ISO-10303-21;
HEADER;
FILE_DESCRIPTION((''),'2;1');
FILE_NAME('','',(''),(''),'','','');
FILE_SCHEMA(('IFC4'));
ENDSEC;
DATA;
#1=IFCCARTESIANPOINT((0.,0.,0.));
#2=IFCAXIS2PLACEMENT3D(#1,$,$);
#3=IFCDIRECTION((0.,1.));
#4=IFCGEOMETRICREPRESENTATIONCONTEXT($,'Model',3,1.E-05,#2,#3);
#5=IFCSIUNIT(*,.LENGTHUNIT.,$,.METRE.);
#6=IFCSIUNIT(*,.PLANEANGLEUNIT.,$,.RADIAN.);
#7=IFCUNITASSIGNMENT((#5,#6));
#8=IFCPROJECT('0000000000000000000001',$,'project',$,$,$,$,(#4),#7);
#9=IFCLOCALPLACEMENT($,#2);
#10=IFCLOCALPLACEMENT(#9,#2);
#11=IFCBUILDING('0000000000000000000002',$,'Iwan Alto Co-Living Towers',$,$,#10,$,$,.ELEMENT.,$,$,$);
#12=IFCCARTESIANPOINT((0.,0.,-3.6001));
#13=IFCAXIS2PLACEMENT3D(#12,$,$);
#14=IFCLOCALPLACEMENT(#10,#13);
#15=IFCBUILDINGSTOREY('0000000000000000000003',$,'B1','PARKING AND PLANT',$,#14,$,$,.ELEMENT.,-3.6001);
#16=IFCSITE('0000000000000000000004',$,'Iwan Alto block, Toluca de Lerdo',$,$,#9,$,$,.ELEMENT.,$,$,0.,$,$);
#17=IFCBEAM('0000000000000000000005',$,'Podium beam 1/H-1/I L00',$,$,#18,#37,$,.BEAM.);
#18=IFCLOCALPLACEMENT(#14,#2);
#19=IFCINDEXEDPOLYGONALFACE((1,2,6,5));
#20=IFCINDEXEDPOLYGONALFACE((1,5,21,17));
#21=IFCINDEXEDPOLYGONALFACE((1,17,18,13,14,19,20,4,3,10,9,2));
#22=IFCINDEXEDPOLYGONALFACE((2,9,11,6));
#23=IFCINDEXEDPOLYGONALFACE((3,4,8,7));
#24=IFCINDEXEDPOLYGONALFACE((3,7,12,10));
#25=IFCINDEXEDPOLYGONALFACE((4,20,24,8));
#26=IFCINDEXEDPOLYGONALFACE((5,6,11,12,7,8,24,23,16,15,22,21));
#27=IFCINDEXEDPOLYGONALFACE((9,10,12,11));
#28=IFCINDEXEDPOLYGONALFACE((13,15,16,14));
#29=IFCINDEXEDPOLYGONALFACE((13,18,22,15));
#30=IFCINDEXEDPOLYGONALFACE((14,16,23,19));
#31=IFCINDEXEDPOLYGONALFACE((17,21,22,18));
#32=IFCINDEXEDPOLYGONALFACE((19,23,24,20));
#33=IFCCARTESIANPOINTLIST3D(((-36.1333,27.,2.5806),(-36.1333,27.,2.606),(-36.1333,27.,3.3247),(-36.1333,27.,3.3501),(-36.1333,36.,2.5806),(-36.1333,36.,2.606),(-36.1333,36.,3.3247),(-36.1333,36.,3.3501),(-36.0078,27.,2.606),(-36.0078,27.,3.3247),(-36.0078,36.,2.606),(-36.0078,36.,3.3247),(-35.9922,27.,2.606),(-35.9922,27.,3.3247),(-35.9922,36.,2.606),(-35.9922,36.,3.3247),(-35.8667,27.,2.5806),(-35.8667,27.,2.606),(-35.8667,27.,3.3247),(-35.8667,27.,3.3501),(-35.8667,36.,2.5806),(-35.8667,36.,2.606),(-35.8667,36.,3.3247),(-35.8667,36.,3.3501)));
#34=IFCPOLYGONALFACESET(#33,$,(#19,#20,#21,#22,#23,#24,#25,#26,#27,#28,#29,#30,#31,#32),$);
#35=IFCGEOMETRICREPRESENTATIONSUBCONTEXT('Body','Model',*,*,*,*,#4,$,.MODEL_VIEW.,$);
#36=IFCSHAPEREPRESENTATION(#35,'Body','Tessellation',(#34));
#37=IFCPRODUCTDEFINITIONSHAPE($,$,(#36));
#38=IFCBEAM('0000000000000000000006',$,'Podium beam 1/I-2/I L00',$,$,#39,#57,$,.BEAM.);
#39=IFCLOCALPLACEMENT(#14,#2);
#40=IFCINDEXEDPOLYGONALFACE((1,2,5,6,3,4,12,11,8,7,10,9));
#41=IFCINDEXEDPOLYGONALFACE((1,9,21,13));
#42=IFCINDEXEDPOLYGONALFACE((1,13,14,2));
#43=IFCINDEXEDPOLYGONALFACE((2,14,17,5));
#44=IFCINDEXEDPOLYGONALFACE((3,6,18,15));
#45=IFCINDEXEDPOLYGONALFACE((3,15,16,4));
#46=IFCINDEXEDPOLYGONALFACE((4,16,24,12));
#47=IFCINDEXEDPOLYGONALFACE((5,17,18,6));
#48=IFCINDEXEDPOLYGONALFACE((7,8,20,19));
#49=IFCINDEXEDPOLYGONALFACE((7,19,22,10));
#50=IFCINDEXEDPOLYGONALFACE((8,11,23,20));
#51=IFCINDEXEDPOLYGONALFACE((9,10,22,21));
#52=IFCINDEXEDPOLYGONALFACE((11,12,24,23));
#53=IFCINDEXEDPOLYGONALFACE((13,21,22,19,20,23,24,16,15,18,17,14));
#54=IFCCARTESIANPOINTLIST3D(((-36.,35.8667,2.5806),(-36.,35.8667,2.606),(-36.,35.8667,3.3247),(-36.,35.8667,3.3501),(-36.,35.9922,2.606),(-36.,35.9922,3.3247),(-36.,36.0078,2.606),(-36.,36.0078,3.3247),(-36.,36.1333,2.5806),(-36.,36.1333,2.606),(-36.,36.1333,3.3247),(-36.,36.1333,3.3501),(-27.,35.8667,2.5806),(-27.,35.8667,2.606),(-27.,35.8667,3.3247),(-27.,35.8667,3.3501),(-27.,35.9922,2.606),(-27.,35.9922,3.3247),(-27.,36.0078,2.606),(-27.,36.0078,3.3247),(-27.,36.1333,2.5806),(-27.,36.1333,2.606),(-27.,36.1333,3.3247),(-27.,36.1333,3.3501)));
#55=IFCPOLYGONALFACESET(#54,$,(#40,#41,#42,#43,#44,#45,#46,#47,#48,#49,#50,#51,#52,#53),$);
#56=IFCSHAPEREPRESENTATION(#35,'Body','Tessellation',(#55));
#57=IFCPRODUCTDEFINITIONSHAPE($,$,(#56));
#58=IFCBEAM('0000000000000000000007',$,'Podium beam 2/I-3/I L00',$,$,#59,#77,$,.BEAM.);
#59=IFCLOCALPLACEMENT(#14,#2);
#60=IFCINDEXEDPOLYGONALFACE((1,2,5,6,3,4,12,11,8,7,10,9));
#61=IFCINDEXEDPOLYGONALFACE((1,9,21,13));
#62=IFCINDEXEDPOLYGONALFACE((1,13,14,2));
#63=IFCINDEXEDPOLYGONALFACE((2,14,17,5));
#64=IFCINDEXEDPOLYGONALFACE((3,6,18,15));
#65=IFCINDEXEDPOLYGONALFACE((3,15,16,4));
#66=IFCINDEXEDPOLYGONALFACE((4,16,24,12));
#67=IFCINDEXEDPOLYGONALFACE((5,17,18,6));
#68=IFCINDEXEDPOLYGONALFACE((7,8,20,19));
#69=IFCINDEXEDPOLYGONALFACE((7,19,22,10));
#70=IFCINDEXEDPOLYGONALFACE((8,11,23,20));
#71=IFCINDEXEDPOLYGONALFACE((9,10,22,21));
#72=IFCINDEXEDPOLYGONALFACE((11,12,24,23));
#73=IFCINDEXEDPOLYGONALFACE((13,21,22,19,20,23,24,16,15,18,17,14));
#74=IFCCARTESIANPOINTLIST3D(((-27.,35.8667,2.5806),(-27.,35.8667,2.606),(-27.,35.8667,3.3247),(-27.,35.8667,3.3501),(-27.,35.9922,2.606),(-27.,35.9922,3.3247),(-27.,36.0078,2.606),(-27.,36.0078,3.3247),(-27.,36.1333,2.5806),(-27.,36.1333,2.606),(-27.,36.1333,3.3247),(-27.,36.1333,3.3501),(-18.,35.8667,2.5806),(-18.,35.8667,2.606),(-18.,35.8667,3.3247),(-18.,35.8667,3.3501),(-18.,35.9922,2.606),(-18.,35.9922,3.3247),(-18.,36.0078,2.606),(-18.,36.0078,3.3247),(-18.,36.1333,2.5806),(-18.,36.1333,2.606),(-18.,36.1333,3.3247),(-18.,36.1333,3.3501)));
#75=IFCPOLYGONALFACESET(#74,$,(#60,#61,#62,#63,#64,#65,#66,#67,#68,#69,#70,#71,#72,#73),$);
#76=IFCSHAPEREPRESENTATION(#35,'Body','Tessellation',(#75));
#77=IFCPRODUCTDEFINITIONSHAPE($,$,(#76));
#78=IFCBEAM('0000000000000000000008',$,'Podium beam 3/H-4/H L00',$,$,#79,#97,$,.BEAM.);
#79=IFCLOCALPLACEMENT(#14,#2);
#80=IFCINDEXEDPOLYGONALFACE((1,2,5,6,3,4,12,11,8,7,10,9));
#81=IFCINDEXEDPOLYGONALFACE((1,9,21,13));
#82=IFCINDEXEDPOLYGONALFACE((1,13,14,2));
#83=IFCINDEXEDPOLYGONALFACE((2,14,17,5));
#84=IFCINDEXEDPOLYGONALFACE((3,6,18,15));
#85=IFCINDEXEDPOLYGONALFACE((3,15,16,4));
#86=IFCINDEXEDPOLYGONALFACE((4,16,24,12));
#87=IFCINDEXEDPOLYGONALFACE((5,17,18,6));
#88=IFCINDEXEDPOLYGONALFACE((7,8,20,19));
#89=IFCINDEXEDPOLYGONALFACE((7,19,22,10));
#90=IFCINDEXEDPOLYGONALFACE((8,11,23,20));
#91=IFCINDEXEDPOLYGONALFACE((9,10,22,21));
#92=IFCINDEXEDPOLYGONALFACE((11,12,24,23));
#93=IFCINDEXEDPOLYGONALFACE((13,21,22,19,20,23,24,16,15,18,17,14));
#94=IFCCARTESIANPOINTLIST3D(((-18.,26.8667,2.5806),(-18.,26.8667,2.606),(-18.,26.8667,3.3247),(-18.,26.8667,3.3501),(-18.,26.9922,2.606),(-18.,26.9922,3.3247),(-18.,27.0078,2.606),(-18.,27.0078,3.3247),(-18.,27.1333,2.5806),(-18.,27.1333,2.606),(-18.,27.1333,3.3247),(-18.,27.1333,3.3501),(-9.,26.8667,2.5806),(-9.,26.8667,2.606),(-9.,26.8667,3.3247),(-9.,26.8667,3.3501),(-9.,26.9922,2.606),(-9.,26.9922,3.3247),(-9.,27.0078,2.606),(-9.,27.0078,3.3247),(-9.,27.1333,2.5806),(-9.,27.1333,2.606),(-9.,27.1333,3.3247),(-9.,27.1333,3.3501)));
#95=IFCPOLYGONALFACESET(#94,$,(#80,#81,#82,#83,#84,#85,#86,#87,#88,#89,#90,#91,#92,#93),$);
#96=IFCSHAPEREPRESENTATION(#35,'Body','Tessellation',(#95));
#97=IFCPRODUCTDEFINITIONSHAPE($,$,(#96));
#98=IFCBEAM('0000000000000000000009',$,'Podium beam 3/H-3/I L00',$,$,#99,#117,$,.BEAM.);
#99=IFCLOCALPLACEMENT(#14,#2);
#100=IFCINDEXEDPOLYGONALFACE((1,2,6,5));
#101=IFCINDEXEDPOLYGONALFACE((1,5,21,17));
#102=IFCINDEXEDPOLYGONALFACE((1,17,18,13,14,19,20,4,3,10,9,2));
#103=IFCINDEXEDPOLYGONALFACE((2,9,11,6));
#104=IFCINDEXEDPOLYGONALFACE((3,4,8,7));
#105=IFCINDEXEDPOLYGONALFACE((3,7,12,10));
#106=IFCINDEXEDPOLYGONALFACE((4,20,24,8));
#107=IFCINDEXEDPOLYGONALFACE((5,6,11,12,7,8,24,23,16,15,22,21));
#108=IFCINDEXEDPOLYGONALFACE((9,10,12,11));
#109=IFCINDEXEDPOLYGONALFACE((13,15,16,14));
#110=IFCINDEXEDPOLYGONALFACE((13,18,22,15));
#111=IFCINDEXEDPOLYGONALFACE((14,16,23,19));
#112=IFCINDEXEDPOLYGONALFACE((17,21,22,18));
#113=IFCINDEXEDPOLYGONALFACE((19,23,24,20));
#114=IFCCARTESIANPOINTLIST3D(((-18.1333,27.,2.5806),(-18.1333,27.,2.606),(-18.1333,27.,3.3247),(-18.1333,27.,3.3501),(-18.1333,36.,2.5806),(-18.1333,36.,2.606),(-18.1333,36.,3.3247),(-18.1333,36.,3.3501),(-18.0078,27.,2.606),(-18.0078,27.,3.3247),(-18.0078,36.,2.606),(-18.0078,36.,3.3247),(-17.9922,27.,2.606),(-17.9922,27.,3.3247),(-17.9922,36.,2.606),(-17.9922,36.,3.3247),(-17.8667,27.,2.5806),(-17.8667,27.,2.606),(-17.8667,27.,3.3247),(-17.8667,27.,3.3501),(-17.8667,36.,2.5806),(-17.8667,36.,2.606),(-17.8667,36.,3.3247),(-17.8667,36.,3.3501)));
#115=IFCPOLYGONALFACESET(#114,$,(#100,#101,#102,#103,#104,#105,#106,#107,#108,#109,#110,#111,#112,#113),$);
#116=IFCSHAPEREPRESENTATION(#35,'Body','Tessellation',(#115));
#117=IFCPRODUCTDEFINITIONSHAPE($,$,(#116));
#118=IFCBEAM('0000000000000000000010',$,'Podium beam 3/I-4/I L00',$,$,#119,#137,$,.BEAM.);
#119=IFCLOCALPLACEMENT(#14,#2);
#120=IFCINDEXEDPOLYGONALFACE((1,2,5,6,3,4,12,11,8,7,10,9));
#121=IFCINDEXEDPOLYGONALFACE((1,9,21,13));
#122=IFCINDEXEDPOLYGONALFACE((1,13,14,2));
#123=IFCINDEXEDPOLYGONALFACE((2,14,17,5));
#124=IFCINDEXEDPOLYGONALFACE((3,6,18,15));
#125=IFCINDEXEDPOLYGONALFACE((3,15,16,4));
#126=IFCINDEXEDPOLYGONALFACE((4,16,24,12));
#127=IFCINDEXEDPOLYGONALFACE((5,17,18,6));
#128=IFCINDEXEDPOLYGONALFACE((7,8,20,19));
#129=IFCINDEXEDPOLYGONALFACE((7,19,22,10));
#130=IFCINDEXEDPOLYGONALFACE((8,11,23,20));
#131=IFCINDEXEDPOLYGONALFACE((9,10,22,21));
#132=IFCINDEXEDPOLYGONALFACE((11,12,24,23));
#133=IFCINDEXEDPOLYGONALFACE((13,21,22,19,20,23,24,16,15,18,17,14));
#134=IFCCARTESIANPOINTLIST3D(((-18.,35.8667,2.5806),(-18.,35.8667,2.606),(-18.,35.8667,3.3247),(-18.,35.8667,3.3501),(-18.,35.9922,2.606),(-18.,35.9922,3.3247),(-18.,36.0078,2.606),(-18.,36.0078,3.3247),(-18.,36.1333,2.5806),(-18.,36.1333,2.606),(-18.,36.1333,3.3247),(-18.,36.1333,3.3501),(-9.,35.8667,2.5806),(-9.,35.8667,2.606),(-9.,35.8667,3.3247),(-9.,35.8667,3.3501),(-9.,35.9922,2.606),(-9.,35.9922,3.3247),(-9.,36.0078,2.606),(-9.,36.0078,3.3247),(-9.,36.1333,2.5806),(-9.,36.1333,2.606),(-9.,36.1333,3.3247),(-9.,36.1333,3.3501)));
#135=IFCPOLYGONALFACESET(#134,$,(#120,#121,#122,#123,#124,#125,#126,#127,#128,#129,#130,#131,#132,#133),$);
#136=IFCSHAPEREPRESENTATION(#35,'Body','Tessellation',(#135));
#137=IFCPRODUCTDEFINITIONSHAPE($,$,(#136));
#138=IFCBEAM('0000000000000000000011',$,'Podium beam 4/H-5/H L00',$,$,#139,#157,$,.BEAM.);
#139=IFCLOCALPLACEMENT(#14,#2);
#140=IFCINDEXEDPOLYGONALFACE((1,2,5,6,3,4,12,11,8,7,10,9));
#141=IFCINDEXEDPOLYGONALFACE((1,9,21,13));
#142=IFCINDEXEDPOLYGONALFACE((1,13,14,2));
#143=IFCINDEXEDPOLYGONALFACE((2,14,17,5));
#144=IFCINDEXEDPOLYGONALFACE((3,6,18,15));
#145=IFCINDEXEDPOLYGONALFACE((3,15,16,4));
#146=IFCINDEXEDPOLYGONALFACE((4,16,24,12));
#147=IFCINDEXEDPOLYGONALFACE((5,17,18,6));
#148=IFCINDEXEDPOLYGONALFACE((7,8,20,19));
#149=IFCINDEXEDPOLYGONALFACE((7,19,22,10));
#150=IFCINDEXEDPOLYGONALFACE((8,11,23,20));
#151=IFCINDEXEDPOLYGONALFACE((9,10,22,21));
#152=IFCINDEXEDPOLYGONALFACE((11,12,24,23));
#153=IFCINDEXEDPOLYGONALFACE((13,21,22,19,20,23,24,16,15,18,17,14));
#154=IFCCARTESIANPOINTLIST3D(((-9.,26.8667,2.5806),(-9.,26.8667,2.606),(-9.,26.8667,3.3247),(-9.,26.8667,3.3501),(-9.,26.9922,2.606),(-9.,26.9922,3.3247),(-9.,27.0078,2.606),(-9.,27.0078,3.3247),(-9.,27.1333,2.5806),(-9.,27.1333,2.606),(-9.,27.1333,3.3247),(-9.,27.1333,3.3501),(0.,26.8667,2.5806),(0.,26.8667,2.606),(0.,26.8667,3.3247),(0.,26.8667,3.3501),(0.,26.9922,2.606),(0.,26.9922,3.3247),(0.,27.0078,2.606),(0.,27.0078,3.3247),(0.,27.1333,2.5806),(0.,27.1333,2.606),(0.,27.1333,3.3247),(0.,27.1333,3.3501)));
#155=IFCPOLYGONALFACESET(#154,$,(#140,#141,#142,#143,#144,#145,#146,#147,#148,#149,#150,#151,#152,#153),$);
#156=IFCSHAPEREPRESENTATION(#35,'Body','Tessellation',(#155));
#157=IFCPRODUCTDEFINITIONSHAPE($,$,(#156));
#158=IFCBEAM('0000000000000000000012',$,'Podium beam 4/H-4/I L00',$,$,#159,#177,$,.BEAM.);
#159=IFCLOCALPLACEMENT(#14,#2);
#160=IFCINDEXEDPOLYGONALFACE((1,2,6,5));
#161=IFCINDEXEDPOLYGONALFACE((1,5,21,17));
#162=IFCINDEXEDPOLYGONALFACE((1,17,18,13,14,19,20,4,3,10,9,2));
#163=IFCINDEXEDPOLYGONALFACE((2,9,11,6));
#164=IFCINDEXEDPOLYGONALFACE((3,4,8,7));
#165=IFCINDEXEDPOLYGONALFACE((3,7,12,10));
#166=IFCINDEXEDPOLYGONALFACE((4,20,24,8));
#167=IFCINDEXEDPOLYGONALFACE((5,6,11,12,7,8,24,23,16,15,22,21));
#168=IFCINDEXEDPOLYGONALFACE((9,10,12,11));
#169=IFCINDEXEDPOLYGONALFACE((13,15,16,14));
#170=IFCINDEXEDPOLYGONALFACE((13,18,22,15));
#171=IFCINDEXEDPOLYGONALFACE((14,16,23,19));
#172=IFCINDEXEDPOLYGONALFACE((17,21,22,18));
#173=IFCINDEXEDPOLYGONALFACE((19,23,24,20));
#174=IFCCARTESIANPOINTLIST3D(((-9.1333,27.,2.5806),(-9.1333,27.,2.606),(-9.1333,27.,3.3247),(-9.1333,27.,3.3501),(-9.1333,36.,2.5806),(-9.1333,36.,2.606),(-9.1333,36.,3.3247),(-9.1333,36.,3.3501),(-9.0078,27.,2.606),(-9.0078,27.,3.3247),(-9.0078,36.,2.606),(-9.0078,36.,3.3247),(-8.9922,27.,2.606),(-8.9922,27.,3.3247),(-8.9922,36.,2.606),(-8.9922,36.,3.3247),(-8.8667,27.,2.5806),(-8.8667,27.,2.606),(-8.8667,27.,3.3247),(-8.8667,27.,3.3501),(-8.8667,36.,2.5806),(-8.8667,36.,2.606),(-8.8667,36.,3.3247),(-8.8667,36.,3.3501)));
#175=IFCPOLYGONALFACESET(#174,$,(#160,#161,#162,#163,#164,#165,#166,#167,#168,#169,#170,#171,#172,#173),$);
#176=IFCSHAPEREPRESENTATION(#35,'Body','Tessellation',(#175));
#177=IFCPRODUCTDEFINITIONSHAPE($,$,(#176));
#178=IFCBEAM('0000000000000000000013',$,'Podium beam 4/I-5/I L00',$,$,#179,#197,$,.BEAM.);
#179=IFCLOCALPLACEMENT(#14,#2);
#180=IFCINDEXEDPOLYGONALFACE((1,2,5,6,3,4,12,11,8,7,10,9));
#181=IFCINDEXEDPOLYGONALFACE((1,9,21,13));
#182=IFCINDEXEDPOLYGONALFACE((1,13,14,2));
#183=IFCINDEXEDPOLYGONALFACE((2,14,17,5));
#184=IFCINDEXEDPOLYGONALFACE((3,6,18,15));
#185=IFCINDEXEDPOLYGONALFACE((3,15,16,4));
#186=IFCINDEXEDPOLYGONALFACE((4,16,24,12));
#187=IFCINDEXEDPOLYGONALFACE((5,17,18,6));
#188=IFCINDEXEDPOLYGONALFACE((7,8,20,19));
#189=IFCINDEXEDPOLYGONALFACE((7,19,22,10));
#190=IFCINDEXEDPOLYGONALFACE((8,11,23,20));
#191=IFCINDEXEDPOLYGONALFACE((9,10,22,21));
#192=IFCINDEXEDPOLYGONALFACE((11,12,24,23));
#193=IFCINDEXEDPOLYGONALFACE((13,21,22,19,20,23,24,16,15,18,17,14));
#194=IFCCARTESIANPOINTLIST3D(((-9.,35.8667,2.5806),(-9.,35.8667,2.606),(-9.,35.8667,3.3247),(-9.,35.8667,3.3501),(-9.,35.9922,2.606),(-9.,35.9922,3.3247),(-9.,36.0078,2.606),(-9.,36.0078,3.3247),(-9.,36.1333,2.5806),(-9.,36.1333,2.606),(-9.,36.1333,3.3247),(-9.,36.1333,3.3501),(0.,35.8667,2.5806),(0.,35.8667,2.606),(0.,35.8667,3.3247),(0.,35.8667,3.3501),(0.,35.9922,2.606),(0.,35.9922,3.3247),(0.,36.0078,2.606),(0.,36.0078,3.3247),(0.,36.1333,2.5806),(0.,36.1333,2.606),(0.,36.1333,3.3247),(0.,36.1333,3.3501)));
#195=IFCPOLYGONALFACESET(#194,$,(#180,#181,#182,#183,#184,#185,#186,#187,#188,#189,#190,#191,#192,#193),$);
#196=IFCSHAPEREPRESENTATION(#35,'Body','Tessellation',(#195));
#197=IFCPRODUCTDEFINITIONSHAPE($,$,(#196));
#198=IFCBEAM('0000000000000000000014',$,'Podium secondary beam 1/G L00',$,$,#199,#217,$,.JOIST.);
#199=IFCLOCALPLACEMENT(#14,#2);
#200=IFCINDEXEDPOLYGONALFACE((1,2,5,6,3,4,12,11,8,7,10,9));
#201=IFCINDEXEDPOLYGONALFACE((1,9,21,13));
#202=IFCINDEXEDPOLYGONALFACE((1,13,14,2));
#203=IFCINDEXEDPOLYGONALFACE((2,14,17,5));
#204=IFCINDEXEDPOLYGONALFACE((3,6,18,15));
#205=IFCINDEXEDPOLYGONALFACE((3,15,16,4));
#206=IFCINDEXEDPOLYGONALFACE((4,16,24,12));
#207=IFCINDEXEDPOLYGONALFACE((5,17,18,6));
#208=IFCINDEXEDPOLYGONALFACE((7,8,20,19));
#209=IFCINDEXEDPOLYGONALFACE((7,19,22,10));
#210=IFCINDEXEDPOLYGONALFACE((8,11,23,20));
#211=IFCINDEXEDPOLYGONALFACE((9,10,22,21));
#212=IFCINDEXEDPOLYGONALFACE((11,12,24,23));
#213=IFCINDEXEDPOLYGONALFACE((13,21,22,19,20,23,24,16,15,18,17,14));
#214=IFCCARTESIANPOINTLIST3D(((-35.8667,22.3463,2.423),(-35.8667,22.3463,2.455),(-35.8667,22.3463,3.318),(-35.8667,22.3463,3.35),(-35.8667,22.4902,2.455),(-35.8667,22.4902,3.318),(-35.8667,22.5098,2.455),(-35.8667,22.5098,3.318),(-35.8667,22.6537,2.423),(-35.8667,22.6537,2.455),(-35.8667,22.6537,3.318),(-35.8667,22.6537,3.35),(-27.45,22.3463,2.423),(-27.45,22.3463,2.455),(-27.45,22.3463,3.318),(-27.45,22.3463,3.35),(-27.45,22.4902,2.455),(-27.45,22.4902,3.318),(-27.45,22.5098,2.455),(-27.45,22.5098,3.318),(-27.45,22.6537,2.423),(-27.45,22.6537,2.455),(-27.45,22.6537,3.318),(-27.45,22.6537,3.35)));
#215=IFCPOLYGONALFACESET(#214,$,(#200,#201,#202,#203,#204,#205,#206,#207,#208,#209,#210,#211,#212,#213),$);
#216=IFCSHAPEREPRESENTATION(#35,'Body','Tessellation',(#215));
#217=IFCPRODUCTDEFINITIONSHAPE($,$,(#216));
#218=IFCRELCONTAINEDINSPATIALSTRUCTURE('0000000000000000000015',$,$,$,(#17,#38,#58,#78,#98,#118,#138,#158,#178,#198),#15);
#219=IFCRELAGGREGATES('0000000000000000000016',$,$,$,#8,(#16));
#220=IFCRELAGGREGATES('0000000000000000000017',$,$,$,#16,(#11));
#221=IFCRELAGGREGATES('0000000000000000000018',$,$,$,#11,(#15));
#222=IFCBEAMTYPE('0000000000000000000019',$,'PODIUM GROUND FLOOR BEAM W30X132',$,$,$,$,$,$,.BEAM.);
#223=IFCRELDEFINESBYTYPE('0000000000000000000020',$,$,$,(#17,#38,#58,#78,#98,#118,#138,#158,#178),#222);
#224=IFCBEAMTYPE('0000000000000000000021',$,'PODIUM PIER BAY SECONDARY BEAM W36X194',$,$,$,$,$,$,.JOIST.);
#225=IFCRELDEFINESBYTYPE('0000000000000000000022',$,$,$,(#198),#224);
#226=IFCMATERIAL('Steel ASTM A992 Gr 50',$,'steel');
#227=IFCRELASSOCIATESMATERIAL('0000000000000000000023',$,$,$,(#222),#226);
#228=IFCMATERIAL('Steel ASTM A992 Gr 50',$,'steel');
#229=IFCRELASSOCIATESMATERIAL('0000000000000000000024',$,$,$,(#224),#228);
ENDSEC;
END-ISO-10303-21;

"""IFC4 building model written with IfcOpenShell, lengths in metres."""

from ifc_helpers import new_model, si_unit, direction, frame, origin, origin_2d, place, context, subcontext, project, spatial, i_section, extrude, material, material_profile, profile_set, type_object, element, save


model = new_model("IFC4")

# Units and contexts
model_context = context("Model", 3, precision=1e-05, world=origin(), true_north=direction((0.0, 1.0)))
body_context = subcontext(model_context, "Body", "Model", "MODEL_VIEW")
ifc_project = project(units=[si_unit("LENGTHUNIT", "METRE"), si_unit("PLANEANGLEUNIT", "RADIAN")], contexts=[model_context])

# Site, building, storey
site_placement = place(None, origin())
site = spatial("IfcSite", under=ifc_project, at=site_placement, Name="Iwan Alto block, Toluca de Lerdo", CompositionType="ELEMENT", RefElevation=0.0)
building_placement = place(site_placement, origin())
building = spatial("IfcBuilding", under=site, at=building_placement, Name="Iwan Alto Co-Living Towers", CompositionType="ELEMENT")
storey_placement = place(building_placement, frame((0.0, 0.0, -3.6001)))
storey = spatial("IfcBuildingStorey", under=building, at=storey_placement, Name="B1", Description="PARKING AND PLANT", CompositionType="ELEMENT", Elevation=-3.6001)

# Beams
ifc_material_1 = material(Name="Steel ASTM A992 Gr 50", Category="steel")
ifc_material_profile_1 = material_profile(ifc_material_1, i_section(OverallWidth=0.2666, OverallDepth=0.7695, WebThickness=0.0156, FlangeThickness=0.0254, at=origin_2d()), Name="W30X132")
ifc_profile_set_1 = profile_set([ifc_material_profile_1], Name="Steel ASTM A992 Gr 50")
beam_type_1 = type_object("IfcBeamType", Name="PODIUM GROUND FLOOR BEAM W30X132", PredefinedType="BEAM", material=ifc_profile_set_1)
for number, where, z_axis, x_axis, name in (
    (1, (-36.0, 27.0, 2.9653), (0.0, 1.0, 0.0), (-1.0, 0.0, 0.0), "Podium beam 1/H-1/I L00"),
    (2, (-36.0, 36.0, 2.9653), (1.0, 0.0, 0.0), (0.0, 1.0, 0.0), "Podium beam 1/I-2/I L00"),
    (3, (-27.0, 36.0, 2.9653), (1.0, 0.0, 0.0), (0.0, 1.0, 0.0), "Podium beam 2/I-3/I L00"),
    (4, (-18.0, 27.0, 2.9653), (1.0, 0.0, 0.0), (0.0, 1.0, 0.0), "Podium beam 3/H-4/H L00"),
    (5, (-18.0, 27.0, 2.9653), (0.0, 1.0, 0.0), (-1.0, 0.0, 0.0), "Podium beam 3/H-3/I L00"),
    (6, (-18.0, 36.0, 2.9653), (1.0, 0.0, 0.0), (0.0, 1.0, 0.0), "Podium beam 3/I-4/I L00"),
    (7, (-9.0, 27.0, 2.9653), (1.0, 0.0, 0.0), (0.0, 1.0, 0.0), "Podium beam 4/H-5/H L00"),
    (8, (-9.0, 27.0, 2.9653), (0.0, 1.0, 0.0), (-1.0, 0.0, 0.0), "Podium beam 4/H-4/I L00"),
    (9, (-9.0, 36.0, 2.9653), (1.0, 0.0, 0.0), (0.0, 1.0, 0.0), "Podium beam 4/I-5/I L00"),
):
    element("IfcBeam", number, at=place(storey_placement, frame(where, z_axis=z_axis, x_axis=x_axis)), inside=storey, type_object=beam_type_1, Name=name, PredefinedType="BEAM", context=body_context, shape_type="SweptSolid", body=[
        extrude(i_section(OverallWidth=0.2666, OverallDepth=0.7695, WebThickness=0.0156, FlangeThickness=0.0254, at=origin_2d()), origin(), (0.0, 0.0, 1.0), 9.0),
    ])
ifc_material_2 = material(Name="Steel ASTM A992 Gr 50", Category="steel")
ifc_material_profile_2 = material_profile(ifc_material_2, i_section(OverallWidth=0.3074, OverallDepth=0.927, WebThickness=0.0195, FlangeThickness=0.032, at=origin_2d()), Name="W36X194")
ifc_profile_set_2 = profile_set([ifc_material_profile_2], Name="Steel ASTM A992 Gr 50")
beam_type_2 = type_object("IfcBeamType", Name="PODIUM PIER BAY SECONDARY BEAM W36X194", PredefinedType="JOIST", material=ifc_profile_set_2)
for number, where, z_axis, x_axis, name in (
    (10, (-35.8667, 22.5, 2.8865), (1.0, 0.0, 0.0), (0.0, 1.0, 0.0), "Podium secondary beam 1/G L00"),
):
    element("IfcBeam", number, at=place(storey_placement, frame(where, z_axis=z_axis, x_axis=x_axis)), inside=storey, type_object=beam_type_2, Name=name, PredefinedType="JOIST", context=body_context, shape_type="SweptSolid", body=[
        extrude(i_section(OverallWidth=0.3074, OverallDepth=0.927, WebThickness=0.0195, FlangeThickness=0.032, at=origin_2d()), origin(), (0.0, 0.0, 1.0), 8.4167),
    ])

save(model, "model.ifc")
